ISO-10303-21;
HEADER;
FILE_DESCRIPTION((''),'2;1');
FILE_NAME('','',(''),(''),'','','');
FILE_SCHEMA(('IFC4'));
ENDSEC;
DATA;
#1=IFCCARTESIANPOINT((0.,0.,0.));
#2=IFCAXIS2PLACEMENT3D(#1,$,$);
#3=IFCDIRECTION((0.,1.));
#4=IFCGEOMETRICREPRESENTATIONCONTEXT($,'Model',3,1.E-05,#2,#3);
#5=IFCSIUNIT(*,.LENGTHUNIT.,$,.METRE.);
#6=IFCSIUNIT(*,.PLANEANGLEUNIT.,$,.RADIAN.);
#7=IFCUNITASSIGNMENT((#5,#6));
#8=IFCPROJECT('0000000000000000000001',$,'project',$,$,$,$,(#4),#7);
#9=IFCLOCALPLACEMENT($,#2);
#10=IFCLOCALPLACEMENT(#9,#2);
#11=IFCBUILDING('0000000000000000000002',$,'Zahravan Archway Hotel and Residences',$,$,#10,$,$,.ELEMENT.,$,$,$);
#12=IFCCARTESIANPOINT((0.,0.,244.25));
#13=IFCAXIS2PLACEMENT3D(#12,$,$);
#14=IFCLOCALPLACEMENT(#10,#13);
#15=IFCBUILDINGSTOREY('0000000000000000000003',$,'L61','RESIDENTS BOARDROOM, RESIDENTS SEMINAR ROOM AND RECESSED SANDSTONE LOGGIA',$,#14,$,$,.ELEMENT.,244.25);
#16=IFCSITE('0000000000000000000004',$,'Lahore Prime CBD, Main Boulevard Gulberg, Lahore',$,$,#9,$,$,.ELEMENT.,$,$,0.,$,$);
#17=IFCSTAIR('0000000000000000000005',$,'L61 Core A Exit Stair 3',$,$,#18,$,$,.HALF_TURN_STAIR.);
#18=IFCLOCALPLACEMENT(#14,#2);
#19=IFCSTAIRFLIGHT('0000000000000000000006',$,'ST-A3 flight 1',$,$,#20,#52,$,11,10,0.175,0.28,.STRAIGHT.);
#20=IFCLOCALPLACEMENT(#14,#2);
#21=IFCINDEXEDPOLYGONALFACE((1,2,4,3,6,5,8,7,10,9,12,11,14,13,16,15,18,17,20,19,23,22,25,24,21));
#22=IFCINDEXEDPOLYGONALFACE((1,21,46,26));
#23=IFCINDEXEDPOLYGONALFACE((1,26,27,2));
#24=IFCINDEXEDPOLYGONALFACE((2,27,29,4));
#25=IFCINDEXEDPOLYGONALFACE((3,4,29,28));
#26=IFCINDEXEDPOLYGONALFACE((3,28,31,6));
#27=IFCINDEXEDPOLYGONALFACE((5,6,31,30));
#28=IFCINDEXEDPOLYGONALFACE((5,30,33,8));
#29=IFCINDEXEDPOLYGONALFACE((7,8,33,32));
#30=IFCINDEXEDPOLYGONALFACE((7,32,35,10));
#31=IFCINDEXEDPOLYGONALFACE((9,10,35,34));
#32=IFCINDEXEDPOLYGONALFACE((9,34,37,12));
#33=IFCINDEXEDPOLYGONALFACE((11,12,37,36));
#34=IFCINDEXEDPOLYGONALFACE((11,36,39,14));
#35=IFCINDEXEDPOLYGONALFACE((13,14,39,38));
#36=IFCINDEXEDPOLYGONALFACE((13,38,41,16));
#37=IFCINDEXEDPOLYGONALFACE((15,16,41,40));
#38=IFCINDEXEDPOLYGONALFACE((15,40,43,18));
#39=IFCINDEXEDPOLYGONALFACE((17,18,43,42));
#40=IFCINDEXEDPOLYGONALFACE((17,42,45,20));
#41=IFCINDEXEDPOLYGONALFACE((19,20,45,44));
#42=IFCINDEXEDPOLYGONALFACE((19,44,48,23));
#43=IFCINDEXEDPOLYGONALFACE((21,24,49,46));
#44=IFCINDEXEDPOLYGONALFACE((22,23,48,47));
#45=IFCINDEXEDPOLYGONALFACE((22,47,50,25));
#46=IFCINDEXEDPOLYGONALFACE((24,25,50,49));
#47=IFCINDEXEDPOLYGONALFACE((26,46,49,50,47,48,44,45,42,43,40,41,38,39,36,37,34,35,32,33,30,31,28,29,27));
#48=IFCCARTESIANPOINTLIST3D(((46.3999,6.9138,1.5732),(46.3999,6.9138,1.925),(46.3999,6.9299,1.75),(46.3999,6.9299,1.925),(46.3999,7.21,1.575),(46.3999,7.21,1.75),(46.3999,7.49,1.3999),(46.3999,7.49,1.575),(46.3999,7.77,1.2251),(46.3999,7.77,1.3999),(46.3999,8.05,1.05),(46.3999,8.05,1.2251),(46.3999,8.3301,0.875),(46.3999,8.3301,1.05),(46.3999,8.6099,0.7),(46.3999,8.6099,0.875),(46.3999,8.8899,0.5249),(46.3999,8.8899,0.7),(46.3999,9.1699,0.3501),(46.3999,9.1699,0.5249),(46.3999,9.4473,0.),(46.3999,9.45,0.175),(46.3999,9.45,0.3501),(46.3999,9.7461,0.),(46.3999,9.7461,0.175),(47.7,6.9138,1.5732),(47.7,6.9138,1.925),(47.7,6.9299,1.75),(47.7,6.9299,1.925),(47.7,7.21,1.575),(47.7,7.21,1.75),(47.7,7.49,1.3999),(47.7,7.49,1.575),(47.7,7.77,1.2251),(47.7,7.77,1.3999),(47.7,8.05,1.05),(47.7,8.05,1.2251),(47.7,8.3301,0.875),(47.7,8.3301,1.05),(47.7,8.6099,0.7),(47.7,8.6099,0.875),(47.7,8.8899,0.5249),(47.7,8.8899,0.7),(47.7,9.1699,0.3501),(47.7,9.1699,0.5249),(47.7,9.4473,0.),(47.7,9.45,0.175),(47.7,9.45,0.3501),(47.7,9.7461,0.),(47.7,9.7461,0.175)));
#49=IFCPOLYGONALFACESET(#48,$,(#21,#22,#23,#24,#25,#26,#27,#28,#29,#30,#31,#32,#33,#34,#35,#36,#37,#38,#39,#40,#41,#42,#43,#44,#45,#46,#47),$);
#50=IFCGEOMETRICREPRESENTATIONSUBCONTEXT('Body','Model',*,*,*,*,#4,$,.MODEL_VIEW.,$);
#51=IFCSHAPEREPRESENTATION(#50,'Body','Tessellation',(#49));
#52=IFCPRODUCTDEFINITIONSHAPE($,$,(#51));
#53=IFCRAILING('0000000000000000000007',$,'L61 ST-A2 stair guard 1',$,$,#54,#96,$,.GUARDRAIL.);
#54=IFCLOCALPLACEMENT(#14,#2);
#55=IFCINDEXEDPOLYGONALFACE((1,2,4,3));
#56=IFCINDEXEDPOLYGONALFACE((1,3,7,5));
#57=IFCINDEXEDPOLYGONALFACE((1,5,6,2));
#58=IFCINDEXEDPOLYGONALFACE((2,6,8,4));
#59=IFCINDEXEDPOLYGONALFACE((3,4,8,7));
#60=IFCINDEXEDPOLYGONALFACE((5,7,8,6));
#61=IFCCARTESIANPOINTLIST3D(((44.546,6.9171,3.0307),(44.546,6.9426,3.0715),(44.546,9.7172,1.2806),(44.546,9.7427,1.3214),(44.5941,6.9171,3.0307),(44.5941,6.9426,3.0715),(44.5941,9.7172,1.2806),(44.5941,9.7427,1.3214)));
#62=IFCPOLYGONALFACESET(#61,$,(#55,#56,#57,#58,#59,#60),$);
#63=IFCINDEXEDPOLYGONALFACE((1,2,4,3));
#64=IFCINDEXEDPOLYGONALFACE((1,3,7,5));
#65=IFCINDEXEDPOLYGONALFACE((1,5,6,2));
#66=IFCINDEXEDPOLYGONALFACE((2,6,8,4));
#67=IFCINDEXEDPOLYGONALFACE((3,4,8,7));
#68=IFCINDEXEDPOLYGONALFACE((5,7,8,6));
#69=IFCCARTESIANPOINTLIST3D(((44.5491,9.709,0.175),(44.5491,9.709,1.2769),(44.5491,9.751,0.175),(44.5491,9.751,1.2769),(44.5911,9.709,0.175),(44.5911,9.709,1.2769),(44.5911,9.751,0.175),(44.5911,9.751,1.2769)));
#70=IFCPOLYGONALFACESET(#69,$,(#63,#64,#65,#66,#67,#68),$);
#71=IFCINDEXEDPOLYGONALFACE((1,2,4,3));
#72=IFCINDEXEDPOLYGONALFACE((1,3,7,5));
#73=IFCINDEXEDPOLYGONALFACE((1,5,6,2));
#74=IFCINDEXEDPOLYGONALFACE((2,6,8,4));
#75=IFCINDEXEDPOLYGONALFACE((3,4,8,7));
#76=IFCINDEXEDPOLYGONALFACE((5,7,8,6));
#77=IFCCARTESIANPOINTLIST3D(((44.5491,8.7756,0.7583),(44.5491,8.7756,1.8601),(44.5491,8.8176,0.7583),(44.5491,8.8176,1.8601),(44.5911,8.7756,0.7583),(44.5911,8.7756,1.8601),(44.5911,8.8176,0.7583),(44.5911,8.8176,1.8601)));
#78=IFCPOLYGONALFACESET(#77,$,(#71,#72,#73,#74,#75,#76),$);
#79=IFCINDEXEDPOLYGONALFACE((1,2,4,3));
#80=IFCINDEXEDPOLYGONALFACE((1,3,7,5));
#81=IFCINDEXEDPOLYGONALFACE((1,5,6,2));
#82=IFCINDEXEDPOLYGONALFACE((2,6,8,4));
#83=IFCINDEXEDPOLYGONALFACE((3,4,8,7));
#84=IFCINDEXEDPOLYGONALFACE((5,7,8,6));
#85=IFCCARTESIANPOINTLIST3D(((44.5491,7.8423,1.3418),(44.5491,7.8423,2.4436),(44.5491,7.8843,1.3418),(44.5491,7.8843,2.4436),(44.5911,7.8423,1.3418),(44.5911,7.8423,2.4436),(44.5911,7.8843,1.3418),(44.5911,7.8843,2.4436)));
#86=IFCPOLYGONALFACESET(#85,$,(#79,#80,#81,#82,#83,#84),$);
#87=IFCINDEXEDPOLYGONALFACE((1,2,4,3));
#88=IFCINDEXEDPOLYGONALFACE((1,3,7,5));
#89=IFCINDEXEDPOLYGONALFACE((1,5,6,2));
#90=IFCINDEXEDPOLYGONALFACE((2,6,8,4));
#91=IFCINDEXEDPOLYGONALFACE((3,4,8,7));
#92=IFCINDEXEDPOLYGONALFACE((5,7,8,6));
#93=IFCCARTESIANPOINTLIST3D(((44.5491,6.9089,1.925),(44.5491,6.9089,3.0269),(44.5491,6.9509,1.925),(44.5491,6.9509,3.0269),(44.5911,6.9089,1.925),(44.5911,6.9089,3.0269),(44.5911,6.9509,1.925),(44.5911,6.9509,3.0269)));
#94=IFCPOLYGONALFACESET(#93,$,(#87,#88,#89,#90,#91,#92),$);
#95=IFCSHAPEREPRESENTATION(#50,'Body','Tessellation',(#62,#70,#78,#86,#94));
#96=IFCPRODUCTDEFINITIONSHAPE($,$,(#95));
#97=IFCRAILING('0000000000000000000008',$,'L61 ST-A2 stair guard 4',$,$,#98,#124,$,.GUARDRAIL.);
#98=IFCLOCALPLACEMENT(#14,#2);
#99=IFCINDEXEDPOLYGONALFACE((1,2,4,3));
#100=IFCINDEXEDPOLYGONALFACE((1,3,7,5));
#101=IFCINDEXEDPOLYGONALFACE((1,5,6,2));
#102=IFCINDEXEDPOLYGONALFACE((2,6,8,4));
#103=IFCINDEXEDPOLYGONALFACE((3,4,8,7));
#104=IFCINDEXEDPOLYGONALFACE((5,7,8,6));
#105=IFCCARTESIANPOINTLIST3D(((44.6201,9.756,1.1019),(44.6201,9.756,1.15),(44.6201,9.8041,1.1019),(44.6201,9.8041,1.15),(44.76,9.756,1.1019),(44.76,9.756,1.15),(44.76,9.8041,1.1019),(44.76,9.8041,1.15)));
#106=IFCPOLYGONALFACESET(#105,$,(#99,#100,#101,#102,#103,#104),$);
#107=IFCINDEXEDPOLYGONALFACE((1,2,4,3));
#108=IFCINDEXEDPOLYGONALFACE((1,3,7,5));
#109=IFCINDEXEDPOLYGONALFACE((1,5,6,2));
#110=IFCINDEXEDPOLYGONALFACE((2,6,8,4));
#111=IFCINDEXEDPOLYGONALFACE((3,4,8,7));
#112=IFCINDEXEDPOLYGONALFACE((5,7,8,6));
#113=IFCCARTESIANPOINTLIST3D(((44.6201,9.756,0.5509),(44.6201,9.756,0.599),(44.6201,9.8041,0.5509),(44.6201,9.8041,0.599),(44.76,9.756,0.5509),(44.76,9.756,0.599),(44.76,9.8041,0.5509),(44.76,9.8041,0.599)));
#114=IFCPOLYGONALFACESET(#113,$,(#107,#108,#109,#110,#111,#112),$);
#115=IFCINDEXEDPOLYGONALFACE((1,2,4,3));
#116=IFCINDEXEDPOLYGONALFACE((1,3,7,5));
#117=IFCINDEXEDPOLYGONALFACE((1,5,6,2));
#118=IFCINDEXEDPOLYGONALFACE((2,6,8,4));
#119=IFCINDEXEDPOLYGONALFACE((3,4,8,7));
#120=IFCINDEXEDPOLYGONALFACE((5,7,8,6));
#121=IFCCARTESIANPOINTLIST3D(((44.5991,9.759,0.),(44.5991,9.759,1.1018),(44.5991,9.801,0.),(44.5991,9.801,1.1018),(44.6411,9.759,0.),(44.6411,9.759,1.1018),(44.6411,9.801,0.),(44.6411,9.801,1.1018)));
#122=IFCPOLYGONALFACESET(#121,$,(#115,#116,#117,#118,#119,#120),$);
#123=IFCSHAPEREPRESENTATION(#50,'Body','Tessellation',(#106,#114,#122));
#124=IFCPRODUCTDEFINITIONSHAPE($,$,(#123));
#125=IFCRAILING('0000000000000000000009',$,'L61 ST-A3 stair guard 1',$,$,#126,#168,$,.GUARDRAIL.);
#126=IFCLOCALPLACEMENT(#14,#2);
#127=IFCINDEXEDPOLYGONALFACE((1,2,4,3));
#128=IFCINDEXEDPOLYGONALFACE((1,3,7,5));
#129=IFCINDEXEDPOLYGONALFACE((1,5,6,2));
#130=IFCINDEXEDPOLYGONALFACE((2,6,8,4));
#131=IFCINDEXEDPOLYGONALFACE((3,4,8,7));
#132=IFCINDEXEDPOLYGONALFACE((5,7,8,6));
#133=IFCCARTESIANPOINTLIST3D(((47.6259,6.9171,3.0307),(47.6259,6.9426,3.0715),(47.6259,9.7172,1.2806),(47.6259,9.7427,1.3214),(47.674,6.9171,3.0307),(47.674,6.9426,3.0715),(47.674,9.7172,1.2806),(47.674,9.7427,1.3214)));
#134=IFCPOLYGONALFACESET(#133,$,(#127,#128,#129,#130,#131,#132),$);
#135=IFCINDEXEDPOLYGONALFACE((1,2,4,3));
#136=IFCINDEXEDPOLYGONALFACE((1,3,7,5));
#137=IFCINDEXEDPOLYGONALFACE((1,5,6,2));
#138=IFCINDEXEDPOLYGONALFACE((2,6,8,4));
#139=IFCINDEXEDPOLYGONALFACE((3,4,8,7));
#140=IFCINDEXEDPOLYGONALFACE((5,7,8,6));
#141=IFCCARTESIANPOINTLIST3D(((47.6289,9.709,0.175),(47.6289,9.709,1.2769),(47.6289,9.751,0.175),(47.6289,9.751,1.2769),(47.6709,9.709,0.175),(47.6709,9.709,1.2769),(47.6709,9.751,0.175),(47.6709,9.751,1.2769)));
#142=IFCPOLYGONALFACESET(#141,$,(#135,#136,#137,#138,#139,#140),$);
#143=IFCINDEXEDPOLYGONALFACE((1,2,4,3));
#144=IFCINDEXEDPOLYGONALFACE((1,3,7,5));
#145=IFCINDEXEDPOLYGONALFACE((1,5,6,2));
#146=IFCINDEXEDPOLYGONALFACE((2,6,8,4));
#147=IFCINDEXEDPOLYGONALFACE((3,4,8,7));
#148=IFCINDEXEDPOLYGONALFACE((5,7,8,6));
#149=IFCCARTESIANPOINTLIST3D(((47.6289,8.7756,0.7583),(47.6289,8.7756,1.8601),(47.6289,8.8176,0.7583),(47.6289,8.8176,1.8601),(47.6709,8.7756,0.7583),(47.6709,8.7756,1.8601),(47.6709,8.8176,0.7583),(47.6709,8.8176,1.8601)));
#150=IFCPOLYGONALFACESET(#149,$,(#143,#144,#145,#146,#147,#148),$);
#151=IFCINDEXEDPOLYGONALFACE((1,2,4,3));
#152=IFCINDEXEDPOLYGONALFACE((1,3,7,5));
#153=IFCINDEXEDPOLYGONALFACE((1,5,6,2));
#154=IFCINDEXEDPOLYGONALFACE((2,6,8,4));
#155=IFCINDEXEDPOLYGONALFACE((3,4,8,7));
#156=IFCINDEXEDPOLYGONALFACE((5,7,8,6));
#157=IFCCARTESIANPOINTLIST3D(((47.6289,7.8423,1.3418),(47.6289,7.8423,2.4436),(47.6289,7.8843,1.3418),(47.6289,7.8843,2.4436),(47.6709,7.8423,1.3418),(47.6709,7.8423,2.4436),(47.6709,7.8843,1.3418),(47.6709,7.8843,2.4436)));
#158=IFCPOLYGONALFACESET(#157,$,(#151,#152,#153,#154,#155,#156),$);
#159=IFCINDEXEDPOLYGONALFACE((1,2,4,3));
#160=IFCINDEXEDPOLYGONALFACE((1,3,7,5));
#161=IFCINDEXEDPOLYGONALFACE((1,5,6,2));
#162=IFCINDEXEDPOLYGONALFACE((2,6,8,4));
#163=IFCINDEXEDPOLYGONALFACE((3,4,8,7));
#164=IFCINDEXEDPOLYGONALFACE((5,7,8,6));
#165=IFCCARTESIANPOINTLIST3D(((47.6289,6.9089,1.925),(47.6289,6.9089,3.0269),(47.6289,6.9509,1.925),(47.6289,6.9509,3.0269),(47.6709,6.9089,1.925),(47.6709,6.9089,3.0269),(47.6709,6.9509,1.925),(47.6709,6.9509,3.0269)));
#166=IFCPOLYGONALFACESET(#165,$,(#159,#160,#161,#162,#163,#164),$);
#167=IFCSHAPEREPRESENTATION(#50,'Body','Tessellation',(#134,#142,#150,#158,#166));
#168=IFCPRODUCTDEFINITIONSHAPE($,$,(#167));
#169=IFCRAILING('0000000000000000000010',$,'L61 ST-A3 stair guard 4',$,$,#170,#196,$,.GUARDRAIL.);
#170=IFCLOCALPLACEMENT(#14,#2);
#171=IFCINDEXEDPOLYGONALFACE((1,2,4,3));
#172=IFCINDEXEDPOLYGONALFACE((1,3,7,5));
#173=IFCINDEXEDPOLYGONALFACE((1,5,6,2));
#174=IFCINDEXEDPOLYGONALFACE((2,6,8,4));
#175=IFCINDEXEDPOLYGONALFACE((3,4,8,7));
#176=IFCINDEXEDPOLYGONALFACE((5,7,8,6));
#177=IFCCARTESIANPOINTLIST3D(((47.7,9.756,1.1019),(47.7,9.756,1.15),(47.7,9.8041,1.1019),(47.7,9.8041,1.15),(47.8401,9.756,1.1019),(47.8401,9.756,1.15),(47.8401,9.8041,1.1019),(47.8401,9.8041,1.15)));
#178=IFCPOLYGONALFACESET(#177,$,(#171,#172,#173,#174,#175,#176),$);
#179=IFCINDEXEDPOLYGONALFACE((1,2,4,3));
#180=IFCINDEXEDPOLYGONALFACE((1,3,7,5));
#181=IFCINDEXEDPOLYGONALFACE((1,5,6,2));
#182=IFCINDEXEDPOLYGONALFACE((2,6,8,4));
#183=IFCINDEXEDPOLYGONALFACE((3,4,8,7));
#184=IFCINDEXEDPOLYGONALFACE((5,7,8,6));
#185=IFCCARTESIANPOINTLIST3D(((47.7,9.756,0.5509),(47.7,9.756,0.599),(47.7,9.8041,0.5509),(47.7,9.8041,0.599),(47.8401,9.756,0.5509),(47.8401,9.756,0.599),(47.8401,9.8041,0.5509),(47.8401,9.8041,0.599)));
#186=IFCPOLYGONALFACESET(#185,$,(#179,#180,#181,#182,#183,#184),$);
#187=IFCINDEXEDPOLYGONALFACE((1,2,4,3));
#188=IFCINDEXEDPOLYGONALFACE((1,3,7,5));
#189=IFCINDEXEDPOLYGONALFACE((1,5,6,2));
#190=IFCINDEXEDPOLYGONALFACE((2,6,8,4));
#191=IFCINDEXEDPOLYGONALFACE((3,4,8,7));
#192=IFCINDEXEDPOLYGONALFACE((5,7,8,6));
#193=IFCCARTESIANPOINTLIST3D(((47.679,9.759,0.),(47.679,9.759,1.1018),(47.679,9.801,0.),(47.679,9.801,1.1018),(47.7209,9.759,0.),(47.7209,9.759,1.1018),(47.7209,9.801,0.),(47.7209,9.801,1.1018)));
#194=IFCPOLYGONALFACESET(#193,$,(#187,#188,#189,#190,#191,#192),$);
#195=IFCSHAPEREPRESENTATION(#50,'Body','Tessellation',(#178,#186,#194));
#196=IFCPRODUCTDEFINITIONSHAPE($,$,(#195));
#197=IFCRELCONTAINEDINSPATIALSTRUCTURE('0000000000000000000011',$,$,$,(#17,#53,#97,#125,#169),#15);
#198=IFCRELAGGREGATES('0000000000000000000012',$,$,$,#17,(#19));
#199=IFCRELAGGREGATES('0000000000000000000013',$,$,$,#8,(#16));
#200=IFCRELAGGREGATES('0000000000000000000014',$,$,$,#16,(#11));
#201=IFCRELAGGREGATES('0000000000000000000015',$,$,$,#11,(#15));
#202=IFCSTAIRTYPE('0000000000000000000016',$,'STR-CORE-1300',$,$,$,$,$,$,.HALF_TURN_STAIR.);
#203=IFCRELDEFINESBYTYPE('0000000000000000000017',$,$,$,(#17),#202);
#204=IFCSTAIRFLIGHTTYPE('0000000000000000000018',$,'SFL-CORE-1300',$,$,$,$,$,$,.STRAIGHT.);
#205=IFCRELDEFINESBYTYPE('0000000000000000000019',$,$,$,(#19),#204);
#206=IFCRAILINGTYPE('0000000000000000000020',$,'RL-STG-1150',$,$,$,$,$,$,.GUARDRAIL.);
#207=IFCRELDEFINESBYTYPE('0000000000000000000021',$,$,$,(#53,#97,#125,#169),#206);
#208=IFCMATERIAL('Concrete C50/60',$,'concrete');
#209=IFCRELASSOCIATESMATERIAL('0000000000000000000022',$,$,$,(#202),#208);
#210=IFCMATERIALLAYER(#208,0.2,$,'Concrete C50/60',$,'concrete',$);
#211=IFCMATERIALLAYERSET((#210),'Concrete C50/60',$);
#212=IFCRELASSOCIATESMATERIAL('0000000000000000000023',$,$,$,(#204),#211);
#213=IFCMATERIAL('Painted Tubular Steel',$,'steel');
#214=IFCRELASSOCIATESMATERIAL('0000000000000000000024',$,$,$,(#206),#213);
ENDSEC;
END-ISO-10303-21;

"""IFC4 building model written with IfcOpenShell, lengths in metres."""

from ifc_helpers import new_model, si_unit, direction, frame, origin, origin_2d, place, context, subcontext, project, spatial, polyline, rectangle, outline, extrude, source, transform, mapped, material, layer, layer_set, type_object, element, aggregate, save


model = new_model("IFC4")

# Units and contexts
model_context = context("Model", 3, precision=1e-05, world=origin(), true_north=direction((0.0, 1.0)))
body_context = subcontext(model_context, "Body", "Model", "MODEL_VIEW")
ifc_project = project(units=[si_unit("LENGTHUNIT", "METRE"), si_unit("PLANEANGLEUNIT", "RADIAN")], contexts=[model_context])

# Site, building, storey
site_placement = place(None, origin())
site = spatial("IfcSite", under=ifc_project, at=site_placement, Name="Lahore Prime CBD, Main Boulevard Gulberg, Lahore", CompositionType="ELEMENT", RefElevation=0.0)
building_placement = place(site_placement, origin())
building = spatial("IfcBuilding", under=site, at=building_placement, Name="Zahravan Archway Hotel and Residences", CompositionType="ELEMENT")
storey_placement = place(building_placement, frame((0.0, 0.0, 244.25)))
storey = spatial("IfcBuildingStorey", under=building, at=storey_placement, Name="L61", Description="RESIDENTS BOARDROOM, RESIDENTS SEMINAR ROOM AND RECESSED SANDSTONE LOGGIA", CompositionType="ELEMENT", Elevation=244.25)

# Shared definitions
ifc_material_1 = material(Name="Concrete C50/60", Category="concrete")

# Stair, stair flight
stair_type = type_object("IfcStairType", Name="STR-CORE-1300", PredefinedType="HALF_TURN_STAIR", material=ifc_material_1)
ifc_layer_1 = layer(ifc_material_1, 0.2, Name="Concrete C50/60", Category="concrete")
ifc_layer_set_1 = layer_set([ifc_layer_1], Name="Concrete C50/60")
stair_flight_type = type_object("IfcStairFlightType", Name="SFL-CORE-1300", PredefinedType="STRAIGHT", material=ifc_layer_set_1)
shared_shape_1 = source(origin(), body_context, "Body", "SweptSolid", [
    extrude(outline(polyline([(-0.0161, 0.0), (-0.0161, 0.175), (0.28, 0.175), (0.28, 0.3501), (0.5601, 0.3501), (0.5601, 0.5249), (0.8401, 0.5249), (0.8401, 0.7), (1.1201, 0.7), (1.1201, 0.875), (1.3999, 0.875), (1.3999, 1.05), (1.6799, 1.05), (1.6799, 1.2251), (1.96, 1.2251), (1.96, 1.3999), (2.24, 1.3999), (2.24, 1.575), (2.52, 1.575), (2.52, 1.75), (2.8, 1.75), (2.8, 1.925), (2.8162, 1.925), (2.8162, 1.5732), (0.2827, 0.0), (-0.0161, 0.0)])), frame((0.0, 0.6499, 0.0), z_axis=(0.0, -1.0, 0.0), x_axis=(1.0, 0.0, 0.0)), (0.0, 0.0, 1.0), 1.3),
])
stair_1_placement = place(storey_placement, origin())
stair_1 = element("IfcStair", 1, at=stair_1_placement, inside=storey, type_object=stair_type, Name="L61 Core A Exit Stair 3", PredefinedType="HALF_TURN_STAIR")
stair_flight_1_placement = place(storey_placement, frame((47.05, 9.73, 0.0), z_axis=(0.0, 0.0, 1.0), x_axis=(0.0, -1.0, 0.0)))
stair_flight_1 = element("IfcStairFlight", 2, at=stair_flight_1_placement, type_object=stair_flight_type, Name="ST-A3 flight 1", NumberOfRisers=11, NumberOfTreads=10, PredefinedType="STRAIGHT", RiserHeight=0.175, TreadLength=0.28, context=body_context, shape_type="MappedRepresentation", body=[
    mapped(shared_shape_1, transform((0.0, 0.0, 0.0), scale=1.0)),
])
aggregate(stair_1, [stair_flight_1])

# Railings
ifc_material_2 = material(Name="Painted Tubular Steel", Category="steel")
railing_type_1 = type_object("IfcRailingType", Name="RL-STG-1150", PredefinedType="GUARDRAIL", material=ifc_material_2)
railing_1_placement = place(storey_placement, frame((44.5701, 9.73, 0.175)))
element("IfcRailing", 3, at=railing_1_placement, inside=storey, type_object=railing_type_1, Name="L61 ST-A2 stair guard 1", PredefinedType="GUARDRAIL", context=body_context, shape_type="SweptSolid", body=[
    extrude(rectangle(XDim=0.0481, YDim=0.0481, at=origin_2d()), frame((0.0, 0.0, 1.126), z_axis=(0.0, -0.848002, 0.529992), x_axis=(1.0, 0.0, 0.0)), (0.0, 0.0, 1.0), 3.302),
    extrude(rectangle(XDim=0.042, YDim=0.042, at=origin_2d()), origin(), (0.0, 0.0, 1.0), 1.1018),
    extrude(rectangle(XDim=0.042, YDim=0.042, at=origin_2d()), frame((0.0, -0.9333, 0.5833)), (0.0, 0.0, 1.0), 1.1018),
    extrude(rectangle(XDim=0.042, YDim=0.042, at=origin_2d()), frame((0.0, -1.8667, 1.1667)), (0.0, 0.0, 1.0), 1.1018),
    extrude(rectangle(XDim=0.042, YDim=0.042, at=origin_2d()), frame((0.0, -2.8, 1.75)), (0.0, 0.0, 1.0), 1.1018),
])
railing_2_placement = place(storey_placement, frame((44.6201, 9.78, 0.0)))
element("IfcRailing", 4, at=railing_2_placement, inside=storey, type_object=railing_type_1, Name="L61 ST-A2 stair guard 4", PredefinedType="GUARDRAIL", context=body_context, shape_type="SweptSolid", body=[
    extrude(rectangle(XDim=0.0481, YDim=0.0481, at=origin_2d()), frame((0.0, 0.0, 1.126), z_axis=(1.0, 0.0, 0.0), x_axis=(0.0, 1.0, 0.0)), (0.0, 0.0, 1.0), 0.1399),
    extrude(rectangle(XDim=0.0481, YDim=0.0481, at=origin_2d()), frame((0.0, 0.0, 0.575), z_axis=(1.0, 0.0, 0.0), x_axis=(0.0, 1.0, 0.0)), (0.0, 0.0, 1.0), 0.1399),
    extrude(rectangle(XDim=0.042, YDim=0.042, at=origin_2d()), origin(), (0.0, 0.0, 1.0), 1.1018),
])
railing_3_placement = place(storey_placement, frame((47.6499, 9.73, 0.175)))
element("IfcRailing", 5, at=railing_3_placement, inside=storey, type_object=railing_type_1, Name="L61 ST-A3 stair guard 1", PredefinedType="GUARDRAIL", context=body_context, shape_type="SweptSolid", body=[
    extrude(rectangle(XDim=0.0481, YDim=0.0481, at=origin_2d()), frame((0.0, 0.0, 1.126), z_axis=(0.0, -0.848002, 0.529992), x_axis=(1.0, 0.0, 0.0)), (0.0, 0.0, 1.0), 3.302),
    extrude(rectangle(XDim=0.042, YDim=0.042, at=origin_2d()), origin(), (0.0, 0.0, 1.0), 1.1018),
    extrude(rectangle(XDim=0.042, YDim=0.042, at=origin_2d()), frame((0.0, -0.9333, 0.5833)), (0.0, 0.0, 1.0), 1.1018),
    extrude(rectangle(XDim=0.042, YDim=0.042, at=origin_2d()), frame((0.0, -1.8667, 1.1667)), (0.0, 0.0, 1.0), 1.1018),
    extrude(rectangle(XDim=0.042, YDim=0.042, at=origin_2d()), frame((0.0, -2.8, 1.75)), (0.0, 0.0, 1.0), 1.1018),
])
railing_4_placement = place(storey_placement, frame((47.7, 9.78, 0.0)))
element("IfcRailing", 6, at=railing_4_placement, inside=storey, type_object=railing_type_1, Name="L61 ST-A3 stair guard 4", PredefinedType="GUARDRAIL", context=body_context, shape_type="SweptSolid", body=[
    extrude(rectangle(XDim=0.0481, YDim=0.0481, at=origin_2d()), frame((0.0, 0.0, 1.126), z_axis=(1.0, 0.0, 0.0), x_axis=(0.0, 1.0, 0.0)), (0.0, 0.0, 1.0), 0.1401),
    extrude(rectangle(XDim=0.0481, YDim=0.0481, at=origin_2d()), frame((0.0, 0.0, 0.575), z_axis=(1.0, 0.0, 0.0), x_axis=(0.0, 1.0, 0.0)), (0.0, 0.0, 1.0), 0.1401),
    extrude(rectangle(XDim=0.042, YDim=0.042, at=origin_2d()), origin(), (0.0, 0.0, 1.0), 1.1018),
])

save(model, "model.ifc")
